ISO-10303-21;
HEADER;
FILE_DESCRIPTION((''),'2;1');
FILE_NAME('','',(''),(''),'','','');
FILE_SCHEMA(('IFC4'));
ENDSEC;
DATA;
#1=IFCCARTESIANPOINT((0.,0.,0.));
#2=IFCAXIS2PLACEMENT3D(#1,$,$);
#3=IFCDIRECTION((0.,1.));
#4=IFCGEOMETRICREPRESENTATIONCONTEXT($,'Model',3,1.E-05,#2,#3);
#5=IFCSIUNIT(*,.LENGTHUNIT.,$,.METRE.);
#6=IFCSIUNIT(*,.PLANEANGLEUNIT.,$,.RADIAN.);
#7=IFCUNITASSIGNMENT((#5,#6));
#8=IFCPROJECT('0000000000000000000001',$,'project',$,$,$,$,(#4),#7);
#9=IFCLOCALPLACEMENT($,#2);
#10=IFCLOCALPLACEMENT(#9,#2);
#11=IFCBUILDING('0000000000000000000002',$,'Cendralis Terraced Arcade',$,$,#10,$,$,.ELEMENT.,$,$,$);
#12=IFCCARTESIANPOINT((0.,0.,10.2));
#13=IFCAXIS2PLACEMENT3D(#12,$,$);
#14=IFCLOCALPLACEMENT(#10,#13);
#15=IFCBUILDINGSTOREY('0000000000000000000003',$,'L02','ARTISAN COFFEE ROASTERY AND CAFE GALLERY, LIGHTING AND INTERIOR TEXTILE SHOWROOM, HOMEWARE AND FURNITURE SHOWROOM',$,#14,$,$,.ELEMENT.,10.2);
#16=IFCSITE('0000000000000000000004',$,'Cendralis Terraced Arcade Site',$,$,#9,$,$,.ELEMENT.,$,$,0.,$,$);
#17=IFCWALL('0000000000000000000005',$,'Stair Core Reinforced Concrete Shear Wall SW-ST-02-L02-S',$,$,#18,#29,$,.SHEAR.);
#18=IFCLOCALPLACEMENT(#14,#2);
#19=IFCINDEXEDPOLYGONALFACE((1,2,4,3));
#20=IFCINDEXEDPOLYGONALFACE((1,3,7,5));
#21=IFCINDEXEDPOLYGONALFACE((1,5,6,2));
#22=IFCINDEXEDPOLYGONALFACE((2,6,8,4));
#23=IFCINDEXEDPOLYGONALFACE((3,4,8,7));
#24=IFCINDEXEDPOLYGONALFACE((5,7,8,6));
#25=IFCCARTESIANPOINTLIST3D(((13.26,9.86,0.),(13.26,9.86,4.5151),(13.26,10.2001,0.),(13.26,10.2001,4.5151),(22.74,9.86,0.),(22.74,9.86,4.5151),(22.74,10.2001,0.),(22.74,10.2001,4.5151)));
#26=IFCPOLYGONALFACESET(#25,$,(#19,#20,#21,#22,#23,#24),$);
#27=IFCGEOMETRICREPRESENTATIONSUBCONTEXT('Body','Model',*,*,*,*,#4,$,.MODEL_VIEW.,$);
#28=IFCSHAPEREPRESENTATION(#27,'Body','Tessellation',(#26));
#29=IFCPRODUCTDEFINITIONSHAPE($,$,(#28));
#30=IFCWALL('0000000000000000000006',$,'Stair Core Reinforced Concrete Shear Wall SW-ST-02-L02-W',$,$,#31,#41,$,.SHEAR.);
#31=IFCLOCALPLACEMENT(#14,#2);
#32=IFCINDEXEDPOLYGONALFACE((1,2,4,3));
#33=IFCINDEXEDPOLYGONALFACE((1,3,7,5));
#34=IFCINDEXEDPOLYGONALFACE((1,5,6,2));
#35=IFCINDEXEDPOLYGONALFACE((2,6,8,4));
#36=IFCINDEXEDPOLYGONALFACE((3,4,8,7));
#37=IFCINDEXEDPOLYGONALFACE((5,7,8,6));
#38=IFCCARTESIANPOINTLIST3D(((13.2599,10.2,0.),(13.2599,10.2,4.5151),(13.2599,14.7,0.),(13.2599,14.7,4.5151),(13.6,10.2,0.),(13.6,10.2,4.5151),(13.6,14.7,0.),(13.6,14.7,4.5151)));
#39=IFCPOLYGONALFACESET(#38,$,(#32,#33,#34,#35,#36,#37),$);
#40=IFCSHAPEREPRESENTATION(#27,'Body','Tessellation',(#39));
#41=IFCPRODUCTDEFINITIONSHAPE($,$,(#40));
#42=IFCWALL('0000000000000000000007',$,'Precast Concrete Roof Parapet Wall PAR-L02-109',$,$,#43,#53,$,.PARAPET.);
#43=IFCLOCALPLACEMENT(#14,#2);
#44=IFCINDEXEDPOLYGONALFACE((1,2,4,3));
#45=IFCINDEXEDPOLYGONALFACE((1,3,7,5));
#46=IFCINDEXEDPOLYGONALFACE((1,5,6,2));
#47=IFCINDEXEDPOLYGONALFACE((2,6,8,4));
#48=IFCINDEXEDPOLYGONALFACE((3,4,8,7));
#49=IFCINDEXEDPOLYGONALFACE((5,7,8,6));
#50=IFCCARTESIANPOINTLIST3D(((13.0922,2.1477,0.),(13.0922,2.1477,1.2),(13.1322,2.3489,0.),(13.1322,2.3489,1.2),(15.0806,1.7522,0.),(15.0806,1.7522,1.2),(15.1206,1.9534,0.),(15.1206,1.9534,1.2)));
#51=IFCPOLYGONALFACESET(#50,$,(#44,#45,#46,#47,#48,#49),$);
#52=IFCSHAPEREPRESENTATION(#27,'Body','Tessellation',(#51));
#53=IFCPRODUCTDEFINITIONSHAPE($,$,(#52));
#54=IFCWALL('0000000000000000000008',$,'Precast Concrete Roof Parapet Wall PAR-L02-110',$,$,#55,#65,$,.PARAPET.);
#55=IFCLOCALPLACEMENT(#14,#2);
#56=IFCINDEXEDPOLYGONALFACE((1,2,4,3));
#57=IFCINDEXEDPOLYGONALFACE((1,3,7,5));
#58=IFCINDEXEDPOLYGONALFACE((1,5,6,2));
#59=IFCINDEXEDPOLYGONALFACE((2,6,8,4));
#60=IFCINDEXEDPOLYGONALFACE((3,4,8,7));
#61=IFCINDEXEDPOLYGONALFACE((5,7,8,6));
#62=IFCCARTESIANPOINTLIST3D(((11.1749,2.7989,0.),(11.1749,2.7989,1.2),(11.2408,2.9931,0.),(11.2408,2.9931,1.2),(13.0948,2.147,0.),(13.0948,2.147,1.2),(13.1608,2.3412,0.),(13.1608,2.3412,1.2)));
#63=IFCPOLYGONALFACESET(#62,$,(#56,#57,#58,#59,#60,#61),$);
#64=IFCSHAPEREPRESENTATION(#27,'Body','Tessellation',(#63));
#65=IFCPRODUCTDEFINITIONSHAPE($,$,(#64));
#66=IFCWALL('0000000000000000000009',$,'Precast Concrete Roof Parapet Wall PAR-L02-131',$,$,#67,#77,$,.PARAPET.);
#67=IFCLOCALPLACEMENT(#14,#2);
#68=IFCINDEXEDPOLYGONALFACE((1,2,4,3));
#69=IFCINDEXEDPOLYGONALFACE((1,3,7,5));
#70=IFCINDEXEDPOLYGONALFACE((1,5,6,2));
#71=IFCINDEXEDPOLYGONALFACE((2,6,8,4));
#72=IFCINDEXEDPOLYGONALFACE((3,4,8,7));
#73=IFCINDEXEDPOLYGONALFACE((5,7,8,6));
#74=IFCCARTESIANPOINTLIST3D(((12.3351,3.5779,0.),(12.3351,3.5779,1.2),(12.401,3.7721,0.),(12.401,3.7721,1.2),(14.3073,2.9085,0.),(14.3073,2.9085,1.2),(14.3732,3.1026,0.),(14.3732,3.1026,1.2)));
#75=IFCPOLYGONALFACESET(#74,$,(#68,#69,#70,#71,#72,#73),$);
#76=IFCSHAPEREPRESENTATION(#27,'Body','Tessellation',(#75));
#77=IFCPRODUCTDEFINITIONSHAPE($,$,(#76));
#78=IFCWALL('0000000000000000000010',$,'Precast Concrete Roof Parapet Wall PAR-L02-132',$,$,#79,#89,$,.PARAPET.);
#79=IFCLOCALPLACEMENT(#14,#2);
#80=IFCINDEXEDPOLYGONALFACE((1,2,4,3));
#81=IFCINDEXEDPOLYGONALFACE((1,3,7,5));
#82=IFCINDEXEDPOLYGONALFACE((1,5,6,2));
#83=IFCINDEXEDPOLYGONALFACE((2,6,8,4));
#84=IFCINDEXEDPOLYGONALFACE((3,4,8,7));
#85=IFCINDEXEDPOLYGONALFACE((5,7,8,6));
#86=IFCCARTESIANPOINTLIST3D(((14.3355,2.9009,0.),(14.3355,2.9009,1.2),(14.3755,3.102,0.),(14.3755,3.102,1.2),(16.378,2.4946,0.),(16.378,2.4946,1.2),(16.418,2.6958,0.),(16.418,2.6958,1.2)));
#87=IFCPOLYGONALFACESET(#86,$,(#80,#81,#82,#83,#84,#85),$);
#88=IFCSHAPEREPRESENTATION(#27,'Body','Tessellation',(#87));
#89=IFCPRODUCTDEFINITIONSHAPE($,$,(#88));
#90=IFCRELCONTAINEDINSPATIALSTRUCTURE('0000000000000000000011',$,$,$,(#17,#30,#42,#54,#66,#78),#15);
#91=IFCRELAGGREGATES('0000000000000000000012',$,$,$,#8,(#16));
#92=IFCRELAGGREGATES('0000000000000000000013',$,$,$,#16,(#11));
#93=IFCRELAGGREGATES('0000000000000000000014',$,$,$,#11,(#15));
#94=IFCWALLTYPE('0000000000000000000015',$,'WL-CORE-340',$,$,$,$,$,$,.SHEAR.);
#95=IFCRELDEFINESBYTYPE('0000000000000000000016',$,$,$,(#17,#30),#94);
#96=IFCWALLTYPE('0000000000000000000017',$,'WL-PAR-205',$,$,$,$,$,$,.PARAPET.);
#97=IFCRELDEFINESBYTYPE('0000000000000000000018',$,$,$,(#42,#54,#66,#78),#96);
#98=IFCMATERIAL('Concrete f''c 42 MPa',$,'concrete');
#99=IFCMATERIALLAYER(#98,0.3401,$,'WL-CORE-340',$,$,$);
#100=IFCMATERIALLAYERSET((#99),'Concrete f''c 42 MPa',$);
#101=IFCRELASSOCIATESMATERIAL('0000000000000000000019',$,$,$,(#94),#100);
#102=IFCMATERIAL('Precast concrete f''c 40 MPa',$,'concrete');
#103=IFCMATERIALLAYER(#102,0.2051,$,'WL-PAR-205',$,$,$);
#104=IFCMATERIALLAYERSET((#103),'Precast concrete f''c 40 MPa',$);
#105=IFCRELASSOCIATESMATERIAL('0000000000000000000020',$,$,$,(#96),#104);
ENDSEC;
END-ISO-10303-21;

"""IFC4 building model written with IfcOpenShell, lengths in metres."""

from ifc_helpers import new_model, si_unit, direction, frame, frame_2d, origin, place, context, subcontext, project, spatial, rectangle, extrude, material, layer, layer_set, type_object, element, save


model = new_model("IFC4")

# Units and contexts
model_context = context("Model", 3, precision=1e-05, world=origin(), true_north=direction((0.0, 1.0)))
body_context = subcontext(model_context, "Body", "Model", "MODEL_VIEW")
ifc_project = project(units=[si_unit("LENGTHUNIT", "METRE"), si_unit("PLANEANGLEUNIT", "RADIAN")], contexts=[model_context])

# Site, building, storey
site_placement = place(None, origin())
site = spatial("IfcSite", under=ifc_project, at=site_placement, Name="Cendralis Terraced Arcade Site", CompositionType="ELEMENT", RefElevation=0.0)
building_placement = place(site_placement, origin())
building = spatial("IfcBuilding", under=site, at=building_placement, Name="Cendralis Terraced Arcade", CompositionType="ELEMENT")
storey_placement = place(building_placement, frame((0.0, 0.0, 10.2)))
storey = spatial("IfcBuildingStorey", under=building, at=storey_placement, Name="L02", Description="ARTISAN COFFEE ROASTERY AND CAFE GALLERY, LIGHTING AND INTERIOR TEXTILE SHOWROOM, HOMEWARE AND FURNITURE SHOWROOM", CompositionType="ELEMENT", Elevation=10.2)

# Walls
ifc_material_1 = material(Name="Concrete f'c 42 MPa", Category="concrete")
ifc_layer_1 = layer(ifc_material_1, 0.3401, Name="WL-CORE-340")
ifc_layer_set_1 = layer_set([ifc_layer_1], Name="Concrete f'c 42 MPa")
wall_type_1 = type_object("IfcWallType", Name="WL-CORE-340", PredefinedType="SHEAR", material=ifc_layer_set_1)
wall_1_placement = place(storey_placement, frame((13.26, 10.03, 0.0), z_axis=(0.0, 0.0, 1.0), x_axis=(1.0, 0.0, 0.0)))
element("IfcWall", 1, at=wall_1_placement, inside=storey, type_object=wall_type_1, Name="Stair Core Reinforced Concrete Shear Wall SW-ST-02-L02-S", PredefinedType="SHEAR", context=body_context, shape_type="SweptSolid", body=[
    extrude(rectangle(XDim=9.48, YDim=0.3401, at=frame_2d((4.74, 0.0))), origin(), (0.0, 0.0, 1.0), 4.5151),
])
wall_2_placement = place(storey_placement, frame((13.4299, 10.2, 0.0), z_axis=(0.0, 0.0, 1.0), x_axis=(0.0, 1.0, 0.0)))
element("IfcWall", 2, at=wall_2_placement, inside=storey, type_object=wall_type_1, Name="Stair Core Reinforced Concrete Shear Wall SW-ST-02-L02-W", PredefinedType="SHEAR", context=body_context, shape_type="SweptSolid", body=[
    extrude(rectangle(XDim=4.5, YDim=0.3401, at=frame_2d((2.25, 0.0))), origin(), (0.0, 0.0, 1.0), 4.5151),
])
ifc_material_2 = material(Name="Precast concrete f'c 40 MPa", Category="concrete")
ifc_layer_2 = layer(ifc_material_2, 0.2051, Name="WL-PAR-205")
ifc_layer_set_2 = layer_set([ifc_layer_2], Name="Precast concrete f'c 40 MPa")
wall_type_2 = type_object("IfcWallType", Name="WL-PAR-205", PredefinedType="PARAPET", material=ifc_layer_set_2)
wall_3_placement = place(storey_placement, frame((15.1006, 1.8528, 0.0), z_axis=(0.0, 0.0, 1.0), x_axis=(-0.980784, 0.195097, 0.0)))
element("IfcWall", 3, at=wall_3_placement, inside=storey, type_object=wall_type_2, Name="Precast Concrete Roof Parapet Wall PAR-L02-109", PredefinedType="PARAPET", context=body_context, shape_type="SweptSolid", body=[
    extrude(rectangle(XDim=2.0273, YDim=0.2051, at=frame_2d((1.0137, 0.0))), origin(), (0.0, 0.0, 1.0), 1.2),
])
wall_4_placement = place(storey_placement, frame((13.1277, 2.2441, 0.0), z_axis=(0.0, 0.0, 1.0), x_axis=(-0.946911, 0.321497, 0.0)))
element("IfcWall", 4, at=wall_4_placement, inside=storey, type_object=wall_type_2, Name="Precast Concrete Roof Parapet Wall PAR-L02-110", PredefinedType="PARAPET", context=body_context, shape_type="SweptSolid", body=[
    extrude(rectangle(XDim=2.0276, YDim=0.2051, at=frame_2d((1.0137, 0.0))), origin(), (0.0, 0.0, 1.0), 1.2),
])
wall_5_placement = place(storey_placement, frame((12.3679, 3.675, 0.0), z_axis=(0.0, 0.0, 1.0), x_axis=(0.946934, -0.321428, 0.0)))
element("IfcWall", 5, at=wall_5_placement, inside=storey, type_object=wall_type_2, Name="Precast Concrete Roof Parapet Wall PAR-L02-131", PredefinedType="PARAPET", context=body_context, shape_type="SweptSolid", body=[
    extrude(rectangle(XDim=2.0828, YDim=0.2051, at=frame_2d((1.0415, 0.0))), origin(), (0.0, 0.0, 1.0), 1.2),
])
wall_6_placement = place(storey_placement, frame((14.3555, 3.0015, 0.0), z_axis=(0.0, 0.0, 1.0), x_axis=(0.980788, -0.195079, 0.0)))
element("IfcWall", 6, at=wall_6_placement, inside=storey, type_object=wall_type_2, Name="Precast Concrete Roof Parapet Wall PAR-L02-132", PredefinedType="PARAPET", context=body_context, shape_type="SweptSolid", body=[
    extrude(rectangle(XDim=2.0825, YDim=0.2051, at=frame_2d((1.0413, 0.0))), origin(), (0.0, 0.0, 1.0), 1.2),
])

save(model, "model.ifc")
